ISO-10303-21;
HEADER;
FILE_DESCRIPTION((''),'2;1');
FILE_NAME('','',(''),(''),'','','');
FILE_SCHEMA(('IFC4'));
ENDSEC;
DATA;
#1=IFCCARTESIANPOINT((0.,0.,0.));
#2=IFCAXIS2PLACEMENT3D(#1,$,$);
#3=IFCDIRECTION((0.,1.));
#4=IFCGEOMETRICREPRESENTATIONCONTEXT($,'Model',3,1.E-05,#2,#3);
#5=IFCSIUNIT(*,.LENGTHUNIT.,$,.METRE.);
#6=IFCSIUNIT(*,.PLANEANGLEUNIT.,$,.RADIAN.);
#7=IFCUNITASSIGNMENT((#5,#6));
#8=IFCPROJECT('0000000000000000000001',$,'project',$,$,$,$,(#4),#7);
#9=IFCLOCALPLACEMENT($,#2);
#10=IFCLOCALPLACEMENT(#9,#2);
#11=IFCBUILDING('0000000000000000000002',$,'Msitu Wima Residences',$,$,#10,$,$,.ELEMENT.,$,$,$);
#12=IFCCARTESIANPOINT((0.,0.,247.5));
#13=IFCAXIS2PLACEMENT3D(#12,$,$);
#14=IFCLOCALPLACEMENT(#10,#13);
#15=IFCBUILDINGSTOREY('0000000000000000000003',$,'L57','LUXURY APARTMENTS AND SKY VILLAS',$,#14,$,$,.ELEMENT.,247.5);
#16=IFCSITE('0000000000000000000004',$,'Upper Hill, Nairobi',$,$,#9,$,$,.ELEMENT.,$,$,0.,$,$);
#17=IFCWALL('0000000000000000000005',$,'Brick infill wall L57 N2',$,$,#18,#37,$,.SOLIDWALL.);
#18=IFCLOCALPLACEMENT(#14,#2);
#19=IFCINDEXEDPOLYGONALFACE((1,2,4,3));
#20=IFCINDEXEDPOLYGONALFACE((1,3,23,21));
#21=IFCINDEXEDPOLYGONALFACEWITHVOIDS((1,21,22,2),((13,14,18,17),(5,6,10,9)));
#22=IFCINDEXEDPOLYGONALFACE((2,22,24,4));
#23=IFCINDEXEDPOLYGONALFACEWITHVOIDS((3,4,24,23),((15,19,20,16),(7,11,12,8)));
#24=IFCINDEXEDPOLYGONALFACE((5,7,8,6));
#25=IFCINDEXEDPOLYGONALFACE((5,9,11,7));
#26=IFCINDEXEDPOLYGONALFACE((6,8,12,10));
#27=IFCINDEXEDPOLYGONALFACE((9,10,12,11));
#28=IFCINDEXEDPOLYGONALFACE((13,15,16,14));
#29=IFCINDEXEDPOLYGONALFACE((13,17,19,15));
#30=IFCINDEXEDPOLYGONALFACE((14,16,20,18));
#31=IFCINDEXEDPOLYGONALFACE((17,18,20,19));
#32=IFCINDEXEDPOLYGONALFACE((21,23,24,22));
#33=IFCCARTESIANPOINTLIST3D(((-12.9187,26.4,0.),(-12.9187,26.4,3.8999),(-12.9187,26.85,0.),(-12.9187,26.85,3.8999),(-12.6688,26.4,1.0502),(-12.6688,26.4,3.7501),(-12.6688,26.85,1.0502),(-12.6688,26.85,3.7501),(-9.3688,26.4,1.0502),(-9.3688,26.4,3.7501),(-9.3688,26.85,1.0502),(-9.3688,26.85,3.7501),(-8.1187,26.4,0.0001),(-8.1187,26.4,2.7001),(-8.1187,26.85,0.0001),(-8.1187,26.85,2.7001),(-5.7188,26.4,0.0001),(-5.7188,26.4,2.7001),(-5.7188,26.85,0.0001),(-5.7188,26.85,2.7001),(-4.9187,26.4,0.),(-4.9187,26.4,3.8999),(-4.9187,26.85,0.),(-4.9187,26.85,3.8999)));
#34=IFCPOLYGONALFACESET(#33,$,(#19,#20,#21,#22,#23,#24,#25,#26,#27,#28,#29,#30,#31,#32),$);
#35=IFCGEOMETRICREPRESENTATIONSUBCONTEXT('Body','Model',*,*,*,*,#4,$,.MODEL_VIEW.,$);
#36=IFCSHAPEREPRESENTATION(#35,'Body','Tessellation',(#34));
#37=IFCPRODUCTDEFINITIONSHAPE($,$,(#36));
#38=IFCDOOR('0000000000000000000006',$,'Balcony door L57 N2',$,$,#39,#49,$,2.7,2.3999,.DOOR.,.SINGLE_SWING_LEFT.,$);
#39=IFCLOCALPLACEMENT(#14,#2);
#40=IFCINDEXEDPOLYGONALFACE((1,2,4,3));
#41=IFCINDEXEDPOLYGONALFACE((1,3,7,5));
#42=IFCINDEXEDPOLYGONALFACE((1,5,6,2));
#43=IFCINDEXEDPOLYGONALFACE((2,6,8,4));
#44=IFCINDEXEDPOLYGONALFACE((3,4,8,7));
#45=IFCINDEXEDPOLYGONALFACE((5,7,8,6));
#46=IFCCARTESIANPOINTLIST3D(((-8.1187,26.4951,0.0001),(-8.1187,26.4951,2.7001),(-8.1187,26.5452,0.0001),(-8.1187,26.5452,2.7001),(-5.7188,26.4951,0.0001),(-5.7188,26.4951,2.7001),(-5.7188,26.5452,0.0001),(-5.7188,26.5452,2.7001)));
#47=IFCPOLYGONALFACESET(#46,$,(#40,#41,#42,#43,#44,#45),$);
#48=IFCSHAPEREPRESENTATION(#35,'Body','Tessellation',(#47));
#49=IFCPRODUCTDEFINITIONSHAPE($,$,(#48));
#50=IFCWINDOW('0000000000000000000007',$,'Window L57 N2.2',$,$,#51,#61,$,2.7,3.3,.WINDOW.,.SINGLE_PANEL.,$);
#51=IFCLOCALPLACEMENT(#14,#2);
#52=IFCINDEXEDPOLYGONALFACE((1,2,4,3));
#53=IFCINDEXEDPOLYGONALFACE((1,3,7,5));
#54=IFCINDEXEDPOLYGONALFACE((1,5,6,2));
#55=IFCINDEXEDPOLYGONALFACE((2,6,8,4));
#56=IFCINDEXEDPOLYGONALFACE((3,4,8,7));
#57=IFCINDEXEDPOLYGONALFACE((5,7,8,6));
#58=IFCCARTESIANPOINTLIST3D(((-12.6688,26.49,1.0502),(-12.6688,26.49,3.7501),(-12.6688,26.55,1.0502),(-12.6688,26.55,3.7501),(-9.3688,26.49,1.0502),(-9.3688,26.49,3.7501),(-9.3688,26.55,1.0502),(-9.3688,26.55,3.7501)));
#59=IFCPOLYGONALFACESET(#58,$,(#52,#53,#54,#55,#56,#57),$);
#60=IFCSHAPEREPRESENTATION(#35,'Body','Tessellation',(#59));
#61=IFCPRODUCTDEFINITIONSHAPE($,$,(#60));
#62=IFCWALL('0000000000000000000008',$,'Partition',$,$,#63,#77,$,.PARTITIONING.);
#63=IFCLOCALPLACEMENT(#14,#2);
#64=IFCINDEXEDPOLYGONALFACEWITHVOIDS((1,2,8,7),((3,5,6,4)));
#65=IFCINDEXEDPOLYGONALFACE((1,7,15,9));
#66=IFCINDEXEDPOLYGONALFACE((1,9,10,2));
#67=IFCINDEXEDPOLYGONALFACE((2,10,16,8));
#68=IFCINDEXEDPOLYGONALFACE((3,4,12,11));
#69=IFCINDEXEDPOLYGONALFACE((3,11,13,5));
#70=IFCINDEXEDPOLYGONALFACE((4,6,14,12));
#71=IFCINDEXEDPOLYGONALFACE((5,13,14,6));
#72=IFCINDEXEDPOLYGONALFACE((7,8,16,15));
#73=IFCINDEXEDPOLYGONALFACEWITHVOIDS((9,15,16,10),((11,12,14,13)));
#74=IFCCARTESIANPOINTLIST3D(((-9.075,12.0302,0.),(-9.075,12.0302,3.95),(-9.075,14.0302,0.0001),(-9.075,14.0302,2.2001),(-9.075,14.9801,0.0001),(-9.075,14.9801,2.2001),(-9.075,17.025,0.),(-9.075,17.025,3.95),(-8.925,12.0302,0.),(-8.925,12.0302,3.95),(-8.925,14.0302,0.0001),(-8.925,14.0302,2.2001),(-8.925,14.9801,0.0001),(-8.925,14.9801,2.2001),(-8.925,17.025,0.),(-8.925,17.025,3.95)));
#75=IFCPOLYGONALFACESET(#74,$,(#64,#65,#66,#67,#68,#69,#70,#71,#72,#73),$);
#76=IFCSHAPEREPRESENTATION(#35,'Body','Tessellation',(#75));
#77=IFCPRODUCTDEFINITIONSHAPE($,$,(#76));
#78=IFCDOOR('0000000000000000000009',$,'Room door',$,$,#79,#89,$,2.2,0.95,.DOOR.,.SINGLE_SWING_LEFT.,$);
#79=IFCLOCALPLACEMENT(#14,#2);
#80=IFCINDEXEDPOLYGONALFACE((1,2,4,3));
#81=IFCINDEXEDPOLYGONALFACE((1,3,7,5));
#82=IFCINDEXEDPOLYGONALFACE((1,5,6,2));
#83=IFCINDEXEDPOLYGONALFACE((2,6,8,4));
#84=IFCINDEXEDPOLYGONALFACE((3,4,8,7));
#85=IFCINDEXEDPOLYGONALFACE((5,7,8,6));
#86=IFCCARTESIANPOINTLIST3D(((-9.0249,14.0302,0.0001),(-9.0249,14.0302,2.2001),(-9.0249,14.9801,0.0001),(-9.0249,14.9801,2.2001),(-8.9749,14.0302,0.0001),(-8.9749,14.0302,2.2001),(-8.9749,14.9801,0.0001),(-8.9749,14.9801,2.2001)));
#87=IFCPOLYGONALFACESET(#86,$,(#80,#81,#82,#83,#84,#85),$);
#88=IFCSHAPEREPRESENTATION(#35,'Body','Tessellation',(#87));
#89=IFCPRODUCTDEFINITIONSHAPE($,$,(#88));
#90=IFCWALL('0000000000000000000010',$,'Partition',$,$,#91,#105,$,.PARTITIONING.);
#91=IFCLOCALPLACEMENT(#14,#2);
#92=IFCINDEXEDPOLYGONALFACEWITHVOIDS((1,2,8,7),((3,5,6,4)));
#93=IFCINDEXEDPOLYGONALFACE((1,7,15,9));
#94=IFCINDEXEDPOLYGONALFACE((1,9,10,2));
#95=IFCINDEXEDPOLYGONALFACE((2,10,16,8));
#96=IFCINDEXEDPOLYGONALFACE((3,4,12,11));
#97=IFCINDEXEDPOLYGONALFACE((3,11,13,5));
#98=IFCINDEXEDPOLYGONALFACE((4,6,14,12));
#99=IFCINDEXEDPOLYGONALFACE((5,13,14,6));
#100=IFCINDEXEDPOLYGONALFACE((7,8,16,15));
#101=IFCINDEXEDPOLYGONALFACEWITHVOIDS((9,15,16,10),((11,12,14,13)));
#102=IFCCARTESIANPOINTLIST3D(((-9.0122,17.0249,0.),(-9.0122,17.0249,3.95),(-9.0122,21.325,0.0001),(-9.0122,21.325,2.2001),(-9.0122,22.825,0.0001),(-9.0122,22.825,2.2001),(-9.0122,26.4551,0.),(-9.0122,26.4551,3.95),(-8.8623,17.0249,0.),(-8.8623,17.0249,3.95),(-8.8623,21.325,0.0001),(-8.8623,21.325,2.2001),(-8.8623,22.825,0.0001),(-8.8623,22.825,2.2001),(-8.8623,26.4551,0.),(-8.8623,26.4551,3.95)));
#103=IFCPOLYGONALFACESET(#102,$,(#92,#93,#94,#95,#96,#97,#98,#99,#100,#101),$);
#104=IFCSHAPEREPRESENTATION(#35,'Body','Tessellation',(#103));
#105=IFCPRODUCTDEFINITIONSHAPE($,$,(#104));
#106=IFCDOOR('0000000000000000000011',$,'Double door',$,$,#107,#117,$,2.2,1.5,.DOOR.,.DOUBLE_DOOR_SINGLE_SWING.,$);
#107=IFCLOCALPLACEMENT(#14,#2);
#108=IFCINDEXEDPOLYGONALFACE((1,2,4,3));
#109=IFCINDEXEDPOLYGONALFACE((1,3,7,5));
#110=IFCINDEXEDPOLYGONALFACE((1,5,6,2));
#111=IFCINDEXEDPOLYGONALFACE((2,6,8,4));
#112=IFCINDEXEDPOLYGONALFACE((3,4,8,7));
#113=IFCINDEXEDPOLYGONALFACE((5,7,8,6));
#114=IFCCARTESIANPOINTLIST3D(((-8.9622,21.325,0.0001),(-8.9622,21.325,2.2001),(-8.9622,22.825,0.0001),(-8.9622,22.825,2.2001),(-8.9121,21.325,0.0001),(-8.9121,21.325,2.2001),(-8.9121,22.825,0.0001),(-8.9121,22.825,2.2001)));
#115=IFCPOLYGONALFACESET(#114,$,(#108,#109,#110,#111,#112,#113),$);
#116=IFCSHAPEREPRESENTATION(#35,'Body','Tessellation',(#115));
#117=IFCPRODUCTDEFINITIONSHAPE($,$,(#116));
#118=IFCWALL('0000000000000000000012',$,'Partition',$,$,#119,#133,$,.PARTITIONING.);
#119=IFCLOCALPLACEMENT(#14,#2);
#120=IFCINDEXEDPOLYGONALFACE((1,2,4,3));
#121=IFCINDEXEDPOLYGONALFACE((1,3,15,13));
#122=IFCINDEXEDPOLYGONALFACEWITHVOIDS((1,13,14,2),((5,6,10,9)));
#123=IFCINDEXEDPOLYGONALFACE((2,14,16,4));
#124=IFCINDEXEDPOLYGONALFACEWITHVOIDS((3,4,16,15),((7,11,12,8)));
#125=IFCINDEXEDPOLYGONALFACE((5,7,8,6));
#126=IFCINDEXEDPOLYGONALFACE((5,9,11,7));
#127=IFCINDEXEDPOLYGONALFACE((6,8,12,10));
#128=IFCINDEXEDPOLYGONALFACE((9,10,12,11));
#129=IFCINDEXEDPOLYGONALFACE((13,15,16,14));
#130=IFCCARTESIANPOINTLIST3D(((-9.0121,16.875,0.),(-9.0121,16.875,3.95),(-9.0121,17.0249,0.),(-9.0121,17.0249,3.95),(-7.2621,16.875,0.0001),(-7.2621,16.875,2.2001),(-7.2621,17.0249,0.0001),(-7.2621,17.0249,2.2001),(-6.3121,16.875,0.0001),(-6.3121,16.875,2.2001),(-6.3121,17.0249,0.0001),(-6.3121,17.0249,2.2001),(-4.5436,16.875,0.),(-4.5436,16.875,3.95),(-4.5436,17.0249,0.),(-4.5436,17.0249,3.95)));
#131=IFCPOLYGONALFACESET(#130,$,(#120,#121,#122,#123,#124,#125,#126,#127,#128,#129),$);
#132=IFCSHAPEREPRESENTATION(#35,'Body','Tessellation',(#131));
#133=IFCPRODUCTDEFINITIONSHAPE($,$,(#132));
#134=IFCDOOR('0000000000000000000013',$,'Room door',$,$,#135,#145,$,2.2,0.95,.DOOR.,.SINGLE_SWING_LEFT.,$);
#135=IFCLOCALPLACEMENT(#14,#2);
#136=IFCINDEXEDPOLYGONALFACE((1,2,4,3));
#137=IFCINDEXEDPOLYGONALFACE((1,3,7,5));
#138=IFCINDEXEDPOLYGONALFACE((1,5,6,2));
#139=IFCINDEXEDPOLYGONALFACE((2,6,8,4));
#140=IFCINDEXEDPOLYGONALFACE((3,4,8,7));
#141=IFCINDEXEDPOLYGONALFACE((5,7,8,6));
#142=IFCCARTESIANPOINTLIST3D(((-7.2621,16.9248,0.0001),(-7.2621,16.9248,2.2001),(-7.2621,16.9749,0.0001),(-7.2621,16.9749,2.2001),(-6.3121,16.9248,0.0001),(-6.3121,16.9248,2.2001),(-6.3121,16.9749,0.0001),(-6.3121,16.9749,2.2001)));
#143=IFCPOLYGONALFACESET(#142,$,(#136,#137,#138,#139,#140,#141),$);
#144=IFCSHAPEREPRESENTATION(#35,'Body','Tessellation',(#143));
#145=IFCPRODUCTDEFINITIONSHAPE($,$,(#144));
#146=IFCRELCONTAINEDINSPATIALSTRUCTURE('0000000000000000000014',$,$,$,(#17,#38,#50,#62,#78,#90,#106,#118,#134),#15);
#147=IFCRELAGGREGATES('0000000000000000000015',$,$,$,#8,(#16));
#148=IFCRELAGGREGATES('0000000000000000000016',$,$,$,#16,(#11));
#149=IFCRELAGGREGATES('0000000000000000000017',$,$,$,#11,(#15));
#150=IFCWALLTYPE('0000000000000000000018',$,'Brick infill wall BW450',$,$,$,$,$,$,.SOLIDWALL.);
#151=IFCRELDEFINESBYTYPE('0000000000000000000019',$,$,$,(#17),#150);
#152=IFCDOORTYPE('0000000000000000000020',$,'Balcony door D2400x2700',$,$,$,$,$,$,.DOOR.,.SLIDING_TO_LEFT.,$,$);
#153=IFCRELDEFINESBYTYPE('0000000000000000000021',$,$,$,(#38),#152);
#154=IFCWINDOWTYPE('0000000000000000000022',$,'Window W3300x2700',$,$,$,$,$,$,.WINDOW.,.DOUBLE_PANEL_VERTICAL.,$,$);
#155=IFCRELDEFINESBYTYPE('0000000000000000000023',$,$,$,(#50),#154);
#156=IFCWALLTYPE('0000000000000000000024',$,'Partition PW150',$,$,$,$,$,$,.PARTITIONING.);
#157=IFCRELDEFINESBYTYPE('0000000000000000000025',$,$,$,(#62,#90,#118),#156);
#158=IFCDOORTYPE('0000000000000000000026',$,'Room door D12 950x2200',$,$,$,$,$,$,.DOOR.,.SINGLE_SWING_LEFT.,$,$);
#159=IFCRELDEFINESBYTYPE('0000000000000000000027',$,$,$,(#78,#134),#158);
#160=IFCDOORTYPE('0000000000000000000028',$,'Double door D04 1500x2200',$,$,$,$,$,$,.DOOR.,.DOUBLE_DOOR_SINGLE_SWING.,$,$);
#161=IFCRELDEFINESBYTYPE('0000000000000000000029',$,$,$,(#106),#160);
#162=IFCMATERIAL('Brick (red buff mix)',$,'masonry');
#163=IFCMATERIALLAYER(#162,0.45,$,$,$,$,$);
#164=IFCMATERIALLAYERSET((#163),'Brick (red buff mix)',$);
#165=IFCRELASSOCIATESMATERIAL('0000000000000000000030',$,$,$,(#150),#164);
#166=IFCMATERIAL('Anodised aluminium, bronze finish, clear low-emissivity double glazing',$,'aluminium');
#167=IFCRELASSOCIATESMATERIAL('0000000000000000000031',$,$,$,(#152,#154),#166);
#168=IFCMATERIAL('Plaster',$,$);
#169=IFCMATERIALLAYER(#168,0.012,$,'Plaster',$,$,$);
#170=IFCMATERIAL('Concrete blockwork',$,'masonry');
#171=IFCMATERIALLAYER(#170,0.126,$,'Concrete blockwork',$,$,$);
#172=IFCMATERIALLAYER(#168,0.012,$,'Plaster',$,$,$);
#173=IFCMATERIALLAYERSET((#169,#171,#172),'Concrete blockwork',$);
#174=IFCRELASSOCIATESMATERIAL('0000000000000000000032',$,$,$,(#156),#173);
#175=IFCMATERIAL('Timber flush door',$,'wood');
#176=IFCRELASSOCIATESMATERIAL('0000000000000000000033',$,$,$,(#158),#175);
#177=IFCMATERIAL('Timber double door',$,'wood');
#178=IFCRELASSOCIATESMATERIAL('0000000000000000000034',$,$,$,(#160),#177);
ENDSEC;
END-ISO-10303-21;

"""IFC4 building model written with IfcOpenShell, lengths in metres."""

from ifc_helpers import new_model, si_unit, direction, frame, frame_2d, origin, place, context, subcontext, project, spatial, rectangle, extrude, material, layer, layer_set, type_object, element, fill, save


model = new_model("IFC4")

# Units and contexts
model_context = context("Model", 3, precision=1e-05, world=origin(), true_north=direction((0.0, 1.0)))
body_context = subcontext(model_context, "Body", "Model", "MODEL_VIEW")
ifc_project = project(units=[si_unit("LENGTHUNIT", "METRE"), si_unit("PLANEANGLEUNIT", "RADIAN")], contexts=[model_context])

# Site, building, storey
site_placement = place(None, origin())
site = spatial("IfcSite", under=ifc_project, at=site_placement, Name="Upper Hill, Nairobi", CompositionType="ELEMENT", RefElevation=0.0)
building_placement = place(site_placement, origin())
building = spatial("IfcBuilding", under=site, at=building_placement, Name="Msitu Wima Residences", CompositionType="ELEMENT")
storey_placement = place(building_placement, frame((0.0, 0.0, 247.5)))
storey = spatial("IfcBuildingStorey", under=building, at=storey_placement, Name="L57", Description="LUXURY APARTMENTS AND SKY VILLAS", CompositionType="ELEMENT", Elevation=247.5)

# Wall, openings, door, window
ifc_material_1 = material(Name="Brick (red buff mix)", Category="masonry")
ifc_layer_1 = layer(ifc_material_1, 0.45)
ifc_layer_set_1 = layer_set([ifc_layer_1], Name="Brick (red buff mix)")
wall_type_1 = type_object("IfcWallType", Name="Brick infill wall BW450", PredefinedType="SOLIDWALL", material=ifc_layer_set_1)
wall_1_placement = place(storey_placement, frame((-4.9187, 26.625, 0.0), z_axis=(0.0, 0.0, 1.0), x_axis=(-1.0, 0.0, 0.0)))
wall_1 = element("IfcWall", 1, at=wall_1_placement, inside=storey, type_object=wall_type_1, Name="Brick infill wall L57 N2", PredefinedType="SOLIDWALL", context=body_context, shape_type="SweptSolid", body=[
    extrude(rectangle(XDim=8.0, YDim=0.45, at=frame_2d((4.0, 0.0))), origin(), (0.0, 0.0, 1.0), 3.8999),
])
opening_1_placement = place(wall_1_placement, frame((0.8, 0.0, 0.0)))
opening_1 = element("IfcOpeningElement", 2, at=opening_1_placement, cuts=wall_1, PredefinedType="OPENING", context=body_context, shape_type="SweptSolid", body=[
    extrude(rectangle(XDim=2.3999, YDim=2.7, at=frame_2d((1.2, 1.3501))), frame((0.0, 0.2349, 0.0), z_axis=(0.0, -1.0, 0.0), x_axis=(1.0, 0.0, 0.0)), (0.0, 0.0, 1.0), 0.47),
])
opening_2_placement = place(wall_1_placement, frame((4.4502, 0.0, 1.05)))
opening_2 = element("IfcOpeningElement", 3, at=opening_2_placement, cuts=wall_1, PredefinedType="OPENING", context=body_context, shape_type="SweptSolid", body=[
    extrude(rectangle(XDim=3.3, YDim=2.7, at=frame_2d((1.6499, 1.3501))), frame((0.0, 0.2349, 0.0), z_axis=(0.0, -1.0, 0.0), x_axis=(1.0, 0.0, 0.0)), (0.0, 0.0, 1.0), 0.47),
])
ifc_material_2 = material(Name="Anodised aluminium, bronze finish, clear low-emissivity double glazing", Category="aluminium")
door_type_1 = type_object("IfcDoorType", Name="Balcony door D2400x2700", OperationType="SLIDING_TO_LEFT", PredefinedType="DOOR", material=ifc_material_2)
door_1_placement = place(opening_1_placement, origin())
door_1 = element("IfcDoor", 4, at=door_1_placement, inside=storey, type_object=door_type_1, Name="Balcony door L57 N2", OperationType="SINGLE_SWING_LEFT", OverallHeight=2.7, OverallWidth=2.3999, PredefinedType="DOOR", context=body_context, shape_type="SweptSolid", body=[
    extrude(rectangle(XDim=2.3999, YDim=2.7, at=frame_2d((1.2, 1.3501))), frame((0.0, 0.1299, 0.0), z_axis=(0.0, -1.0, 0.0), x_axis=(1.0, 0.0, 0.0)), (0.0, 0.0, 1.0), 0.05),
])
fill(opening_1, door_1)
window_type = type_object("IfcWindowType", Name="Window W3300x2700", PartitioningType="DOUBLE_PANEL_VERTICAL", PredefinedType="WINDOW", material=ifc_material_2)
window_placement = place(opening_2_placement, origin())
window = element("IfcWindow", 5, at=window_placement, inside=storey, type_object=window_type, Name="Window L57 N2.2", OverallHeight=2.7, OverallWidth=3.3, PartitioningType="SINGLE_PANEL", PredefinedType="WINDOW", context=body_context, shape_type="SweptSolid", body=[
    extrude(rectangle(XDim=3.3, YDim=2.7, at=frame_2d((1.6499, 1.3501))), frame((0.0, 0.135, 0.0), z_axis=(0.0, -1.0, 0.0), x_axis=(1.0, 0.0, 0.0)), (0.0, 0.0, 1.0), 0.0601),
])
fill(opening_2, window)

# Walls, openings, doors
ifc_material_3 = material(Name="Plaster")
ifc_layer_2 = layer(ifc_material_3, 0.012, Name="Plaster")
ifc_material_4 = material(Name="Concrete blockwork", Category="masonry")
ifc_layer_3 = layer(ifc_material_4, 0.126, Name="Concrete blockwork")
ifc_layer_4 = layer(ifc_material_3, 0.012, Name="Plaster")
ifc_layer_set_2 = layer_set([ifc_layer_2, ifc_layer_3, ifc_layer_4], Name="Concrete blockwork")
wall_type_2 = type_object("IfcWallType", Name="Partition PW150", PredefinedType="PARTITIONING", material=ifc_layer_set_2)
wall_2_placement = place(storey_placement, frame((-9.0, 12.03, 0.0), z_axis=(0.0, 0.0, 1.0), x_axis=(0.0, 1.0, 0.0)))
wall_2 = element("IfcWall", 6, at=wall_2_placement, inside=storey, type_object=wall_type_2, Name="Partition", PredefinedType="PARTITIONING", context=body_context, shape_type="SweptSolid", body=[
    extrude(rectangle(XDim=4.9949, YDim=0.1499, at=frame_2d((2.4976, 0.0))), origin(), (0.0, 0.0, 1.0), 3.95),
])
opening_3_placement = place(wall_2_placement, frame((2.0, 0.0, 0.0)))
opening_3 = element("IfcOpeningElement", 7, at=opening_3_placement, cuts=wall_2, PredefinedType="OPENING", context=body_context, shape_type="SweptSolid", body=[
    extrude(rectangle(XDim=0.95, YDim=2.2, at=frame_2d((0.4751, 1.1001))), frame((0.0, 0.085, 0.0), z_axis=(0.0, -1.0, 0.0), x_axis=(1.0, 0.0, 0.0)), (0.0, 0.0, 1.0), 0.1699),
])
ifc_material_5 = material(Name="Timber flush door", Category="wood")
door_type_2 = type_object("IfcDoorType", Name="Room door D12 950x2200", OperationType="SINGLE_SWING_LEFT", PredefinedType="DOOR", material=ifc_material_5)
door_2_placement = place(opening_3_placement, origin())
door_2 = element("IfcDoor", 8, at=door_2_placement, inside=storey, type_object=door_type_2, Name="Room door", OperationType="SINGLE_SWING_LEFT", OverallHeight=2.2, OverallWidth=0.95, PredefinedType="DOOR", context=body_context, shape_type="SweptSolid", body=[
    extrude(rectangle(XDim=0.95, YDim=2.2, at=frame_2d((0.4751, 1.1001))), frame((0.0, 0.0249, 0.0), z_axis=(0.0, -1.0, 0.0), x_axis=(1.0, 0.0, 0.0)), (0.0, 0.0, 1.0), 0.05),
])
fill(opening_3, door_2)
wall_3_placement = place(storey_placement, frame((-8.9373, 17.0249, 0.0), z_axis=(0.0, 0.0, 1.0), x_axis=(0.0, 1.0, 0.0)))
wall_3 = element("IfcWall", 9, at=wall_3_placement, inside=storey, type_object=wall_type_2, Name="Partition", PredefinedType="PARTITIONING", context=body_context, shape_type="SweptSolid", body=[
    extrude(rectangle(XDim=9.4302, YDim=0.1499, at=frame_2d((4.7151, 0.0))), origin(), (0.0, 0.0, 1.0), 3.95),
])
opening_4_placement = place(wall_3_placement, frame((4.3, 0.0, 0.0)))
opening_4 = element("IfcOpeningElement", 10, at=opening_4_placement, cuts=wall_3, PredefinedType="OPENING", context=body_context, shape_type="SweptSolid", body=[
    extrude(rectangle(XDim=1.5, YDim=2.2, at=frame_2d((0.75, 1.1001))), frame((0.0, 0.085, 0.0), z_axis=(0.0, -1.0, 0.0), x_axis=(1.0, 0.0, 0.0)), (0.0, 0.0, 1.0), 0.1699),
])
ifc_material_6 = material(Name="Timber double door", Category="wood")
door_type_3 = type_object("IfcDoorType", Name="Double door D04 1500x2200", OperationType="DOUBLE_DOOR_SINGLE_SWING", PredefinedType="DOOR", material=ifc_material_6)
door_3_placement = place(opening_4_placement, origin())
door_3 = element("IfcDoor", 11, at=door_3_placement, inside=storey, type_object=door_type_3, Name="Double door", OperationType="DOUBLE_DOOR_SINGLE_SWING", OverallHeight=2.2, OverallWidth=1.5, PredefinedType="DOOR", context=body_context, shape_type="SweptSolid", body=[
    extrude(rectangle(XDim=1.5, YDim=2.2, at=frame_2d((0.75, 1.1001))), frame((0.0, 0.0249, 0.0), z_axis=(0.0, -1.0, 0.0), x_axis=(1.0, 0.0, 0.0)), (0.0, 0.0, 1.0), 0.05),
])
fill(opening_4, door_3)
wall_4_placement = place(storey_placement, frame((-9.0122, 16.95, 0.0), z_axis=(0.0, 0.0, 1.0), x_axis=(1.0, 0.0, 0.0)))
wall_4 = element("IfcWall", 12, at=wall_4_placement, inside=storey, type_object=wall_type_2, Name="Partition", PredefinedType="PARTITIONING", context=body_context, shape_type="SweptSolid", body=[
    extrude(rectangle(XDim=4.4685, YDim=0.1499, at=frame_2d((2.2344, 0.0))), origin(), (0.0, 0.0, 1.0), 3.95),
])
opening_5_placement = place(wall_4_placement, frame((1.75, 0.0, 0.0)))
opening_5 = element("IfcOpeningElement", 13, at=opening_5_placement, cuts=wall_4, PredefinedType="OPENING", context=body_context, shape_type="SweptSolid", body=[
    extrude(rectangle(XDim=0.95, YDim=2.2, at=frame_2d((0.4751, 1.1001))), frame((0.0, 0.085, 0.0), z_axis=(0.0, -1.0, 0.0), x_axis=(1.0, 0.0, 0.0)), (0.0, 0.0, 1.0), 0.1699),
])
door_4_placement = place(opening_5_placement, origin())
door_4 = element("IfcDoor", 14, at=door_4_placement, inside=storey, type_object=door_type_2, Name="Room door", OperationType="SINGLE_SWING_LEFT", OverallHeight=2.2, OverallWidth=0.95, PredefinedType="DOOR", context=body_context, shape_type="SweptSolid", body=[
    extrude(rectangle(XDim=0.95, YDim=2.2, at=frame_2d((0.4751, 1.1001))), frame((0.0, 0.0249, 0.0), z_axis=(0.0, -1.0, 0.0), x_axis=(1.0, 0.0, 0.0)), (0.0, 0.0, 1.0), 0.05),
])
fill(opening_5, door_4)

save(model, "model.ifc")
